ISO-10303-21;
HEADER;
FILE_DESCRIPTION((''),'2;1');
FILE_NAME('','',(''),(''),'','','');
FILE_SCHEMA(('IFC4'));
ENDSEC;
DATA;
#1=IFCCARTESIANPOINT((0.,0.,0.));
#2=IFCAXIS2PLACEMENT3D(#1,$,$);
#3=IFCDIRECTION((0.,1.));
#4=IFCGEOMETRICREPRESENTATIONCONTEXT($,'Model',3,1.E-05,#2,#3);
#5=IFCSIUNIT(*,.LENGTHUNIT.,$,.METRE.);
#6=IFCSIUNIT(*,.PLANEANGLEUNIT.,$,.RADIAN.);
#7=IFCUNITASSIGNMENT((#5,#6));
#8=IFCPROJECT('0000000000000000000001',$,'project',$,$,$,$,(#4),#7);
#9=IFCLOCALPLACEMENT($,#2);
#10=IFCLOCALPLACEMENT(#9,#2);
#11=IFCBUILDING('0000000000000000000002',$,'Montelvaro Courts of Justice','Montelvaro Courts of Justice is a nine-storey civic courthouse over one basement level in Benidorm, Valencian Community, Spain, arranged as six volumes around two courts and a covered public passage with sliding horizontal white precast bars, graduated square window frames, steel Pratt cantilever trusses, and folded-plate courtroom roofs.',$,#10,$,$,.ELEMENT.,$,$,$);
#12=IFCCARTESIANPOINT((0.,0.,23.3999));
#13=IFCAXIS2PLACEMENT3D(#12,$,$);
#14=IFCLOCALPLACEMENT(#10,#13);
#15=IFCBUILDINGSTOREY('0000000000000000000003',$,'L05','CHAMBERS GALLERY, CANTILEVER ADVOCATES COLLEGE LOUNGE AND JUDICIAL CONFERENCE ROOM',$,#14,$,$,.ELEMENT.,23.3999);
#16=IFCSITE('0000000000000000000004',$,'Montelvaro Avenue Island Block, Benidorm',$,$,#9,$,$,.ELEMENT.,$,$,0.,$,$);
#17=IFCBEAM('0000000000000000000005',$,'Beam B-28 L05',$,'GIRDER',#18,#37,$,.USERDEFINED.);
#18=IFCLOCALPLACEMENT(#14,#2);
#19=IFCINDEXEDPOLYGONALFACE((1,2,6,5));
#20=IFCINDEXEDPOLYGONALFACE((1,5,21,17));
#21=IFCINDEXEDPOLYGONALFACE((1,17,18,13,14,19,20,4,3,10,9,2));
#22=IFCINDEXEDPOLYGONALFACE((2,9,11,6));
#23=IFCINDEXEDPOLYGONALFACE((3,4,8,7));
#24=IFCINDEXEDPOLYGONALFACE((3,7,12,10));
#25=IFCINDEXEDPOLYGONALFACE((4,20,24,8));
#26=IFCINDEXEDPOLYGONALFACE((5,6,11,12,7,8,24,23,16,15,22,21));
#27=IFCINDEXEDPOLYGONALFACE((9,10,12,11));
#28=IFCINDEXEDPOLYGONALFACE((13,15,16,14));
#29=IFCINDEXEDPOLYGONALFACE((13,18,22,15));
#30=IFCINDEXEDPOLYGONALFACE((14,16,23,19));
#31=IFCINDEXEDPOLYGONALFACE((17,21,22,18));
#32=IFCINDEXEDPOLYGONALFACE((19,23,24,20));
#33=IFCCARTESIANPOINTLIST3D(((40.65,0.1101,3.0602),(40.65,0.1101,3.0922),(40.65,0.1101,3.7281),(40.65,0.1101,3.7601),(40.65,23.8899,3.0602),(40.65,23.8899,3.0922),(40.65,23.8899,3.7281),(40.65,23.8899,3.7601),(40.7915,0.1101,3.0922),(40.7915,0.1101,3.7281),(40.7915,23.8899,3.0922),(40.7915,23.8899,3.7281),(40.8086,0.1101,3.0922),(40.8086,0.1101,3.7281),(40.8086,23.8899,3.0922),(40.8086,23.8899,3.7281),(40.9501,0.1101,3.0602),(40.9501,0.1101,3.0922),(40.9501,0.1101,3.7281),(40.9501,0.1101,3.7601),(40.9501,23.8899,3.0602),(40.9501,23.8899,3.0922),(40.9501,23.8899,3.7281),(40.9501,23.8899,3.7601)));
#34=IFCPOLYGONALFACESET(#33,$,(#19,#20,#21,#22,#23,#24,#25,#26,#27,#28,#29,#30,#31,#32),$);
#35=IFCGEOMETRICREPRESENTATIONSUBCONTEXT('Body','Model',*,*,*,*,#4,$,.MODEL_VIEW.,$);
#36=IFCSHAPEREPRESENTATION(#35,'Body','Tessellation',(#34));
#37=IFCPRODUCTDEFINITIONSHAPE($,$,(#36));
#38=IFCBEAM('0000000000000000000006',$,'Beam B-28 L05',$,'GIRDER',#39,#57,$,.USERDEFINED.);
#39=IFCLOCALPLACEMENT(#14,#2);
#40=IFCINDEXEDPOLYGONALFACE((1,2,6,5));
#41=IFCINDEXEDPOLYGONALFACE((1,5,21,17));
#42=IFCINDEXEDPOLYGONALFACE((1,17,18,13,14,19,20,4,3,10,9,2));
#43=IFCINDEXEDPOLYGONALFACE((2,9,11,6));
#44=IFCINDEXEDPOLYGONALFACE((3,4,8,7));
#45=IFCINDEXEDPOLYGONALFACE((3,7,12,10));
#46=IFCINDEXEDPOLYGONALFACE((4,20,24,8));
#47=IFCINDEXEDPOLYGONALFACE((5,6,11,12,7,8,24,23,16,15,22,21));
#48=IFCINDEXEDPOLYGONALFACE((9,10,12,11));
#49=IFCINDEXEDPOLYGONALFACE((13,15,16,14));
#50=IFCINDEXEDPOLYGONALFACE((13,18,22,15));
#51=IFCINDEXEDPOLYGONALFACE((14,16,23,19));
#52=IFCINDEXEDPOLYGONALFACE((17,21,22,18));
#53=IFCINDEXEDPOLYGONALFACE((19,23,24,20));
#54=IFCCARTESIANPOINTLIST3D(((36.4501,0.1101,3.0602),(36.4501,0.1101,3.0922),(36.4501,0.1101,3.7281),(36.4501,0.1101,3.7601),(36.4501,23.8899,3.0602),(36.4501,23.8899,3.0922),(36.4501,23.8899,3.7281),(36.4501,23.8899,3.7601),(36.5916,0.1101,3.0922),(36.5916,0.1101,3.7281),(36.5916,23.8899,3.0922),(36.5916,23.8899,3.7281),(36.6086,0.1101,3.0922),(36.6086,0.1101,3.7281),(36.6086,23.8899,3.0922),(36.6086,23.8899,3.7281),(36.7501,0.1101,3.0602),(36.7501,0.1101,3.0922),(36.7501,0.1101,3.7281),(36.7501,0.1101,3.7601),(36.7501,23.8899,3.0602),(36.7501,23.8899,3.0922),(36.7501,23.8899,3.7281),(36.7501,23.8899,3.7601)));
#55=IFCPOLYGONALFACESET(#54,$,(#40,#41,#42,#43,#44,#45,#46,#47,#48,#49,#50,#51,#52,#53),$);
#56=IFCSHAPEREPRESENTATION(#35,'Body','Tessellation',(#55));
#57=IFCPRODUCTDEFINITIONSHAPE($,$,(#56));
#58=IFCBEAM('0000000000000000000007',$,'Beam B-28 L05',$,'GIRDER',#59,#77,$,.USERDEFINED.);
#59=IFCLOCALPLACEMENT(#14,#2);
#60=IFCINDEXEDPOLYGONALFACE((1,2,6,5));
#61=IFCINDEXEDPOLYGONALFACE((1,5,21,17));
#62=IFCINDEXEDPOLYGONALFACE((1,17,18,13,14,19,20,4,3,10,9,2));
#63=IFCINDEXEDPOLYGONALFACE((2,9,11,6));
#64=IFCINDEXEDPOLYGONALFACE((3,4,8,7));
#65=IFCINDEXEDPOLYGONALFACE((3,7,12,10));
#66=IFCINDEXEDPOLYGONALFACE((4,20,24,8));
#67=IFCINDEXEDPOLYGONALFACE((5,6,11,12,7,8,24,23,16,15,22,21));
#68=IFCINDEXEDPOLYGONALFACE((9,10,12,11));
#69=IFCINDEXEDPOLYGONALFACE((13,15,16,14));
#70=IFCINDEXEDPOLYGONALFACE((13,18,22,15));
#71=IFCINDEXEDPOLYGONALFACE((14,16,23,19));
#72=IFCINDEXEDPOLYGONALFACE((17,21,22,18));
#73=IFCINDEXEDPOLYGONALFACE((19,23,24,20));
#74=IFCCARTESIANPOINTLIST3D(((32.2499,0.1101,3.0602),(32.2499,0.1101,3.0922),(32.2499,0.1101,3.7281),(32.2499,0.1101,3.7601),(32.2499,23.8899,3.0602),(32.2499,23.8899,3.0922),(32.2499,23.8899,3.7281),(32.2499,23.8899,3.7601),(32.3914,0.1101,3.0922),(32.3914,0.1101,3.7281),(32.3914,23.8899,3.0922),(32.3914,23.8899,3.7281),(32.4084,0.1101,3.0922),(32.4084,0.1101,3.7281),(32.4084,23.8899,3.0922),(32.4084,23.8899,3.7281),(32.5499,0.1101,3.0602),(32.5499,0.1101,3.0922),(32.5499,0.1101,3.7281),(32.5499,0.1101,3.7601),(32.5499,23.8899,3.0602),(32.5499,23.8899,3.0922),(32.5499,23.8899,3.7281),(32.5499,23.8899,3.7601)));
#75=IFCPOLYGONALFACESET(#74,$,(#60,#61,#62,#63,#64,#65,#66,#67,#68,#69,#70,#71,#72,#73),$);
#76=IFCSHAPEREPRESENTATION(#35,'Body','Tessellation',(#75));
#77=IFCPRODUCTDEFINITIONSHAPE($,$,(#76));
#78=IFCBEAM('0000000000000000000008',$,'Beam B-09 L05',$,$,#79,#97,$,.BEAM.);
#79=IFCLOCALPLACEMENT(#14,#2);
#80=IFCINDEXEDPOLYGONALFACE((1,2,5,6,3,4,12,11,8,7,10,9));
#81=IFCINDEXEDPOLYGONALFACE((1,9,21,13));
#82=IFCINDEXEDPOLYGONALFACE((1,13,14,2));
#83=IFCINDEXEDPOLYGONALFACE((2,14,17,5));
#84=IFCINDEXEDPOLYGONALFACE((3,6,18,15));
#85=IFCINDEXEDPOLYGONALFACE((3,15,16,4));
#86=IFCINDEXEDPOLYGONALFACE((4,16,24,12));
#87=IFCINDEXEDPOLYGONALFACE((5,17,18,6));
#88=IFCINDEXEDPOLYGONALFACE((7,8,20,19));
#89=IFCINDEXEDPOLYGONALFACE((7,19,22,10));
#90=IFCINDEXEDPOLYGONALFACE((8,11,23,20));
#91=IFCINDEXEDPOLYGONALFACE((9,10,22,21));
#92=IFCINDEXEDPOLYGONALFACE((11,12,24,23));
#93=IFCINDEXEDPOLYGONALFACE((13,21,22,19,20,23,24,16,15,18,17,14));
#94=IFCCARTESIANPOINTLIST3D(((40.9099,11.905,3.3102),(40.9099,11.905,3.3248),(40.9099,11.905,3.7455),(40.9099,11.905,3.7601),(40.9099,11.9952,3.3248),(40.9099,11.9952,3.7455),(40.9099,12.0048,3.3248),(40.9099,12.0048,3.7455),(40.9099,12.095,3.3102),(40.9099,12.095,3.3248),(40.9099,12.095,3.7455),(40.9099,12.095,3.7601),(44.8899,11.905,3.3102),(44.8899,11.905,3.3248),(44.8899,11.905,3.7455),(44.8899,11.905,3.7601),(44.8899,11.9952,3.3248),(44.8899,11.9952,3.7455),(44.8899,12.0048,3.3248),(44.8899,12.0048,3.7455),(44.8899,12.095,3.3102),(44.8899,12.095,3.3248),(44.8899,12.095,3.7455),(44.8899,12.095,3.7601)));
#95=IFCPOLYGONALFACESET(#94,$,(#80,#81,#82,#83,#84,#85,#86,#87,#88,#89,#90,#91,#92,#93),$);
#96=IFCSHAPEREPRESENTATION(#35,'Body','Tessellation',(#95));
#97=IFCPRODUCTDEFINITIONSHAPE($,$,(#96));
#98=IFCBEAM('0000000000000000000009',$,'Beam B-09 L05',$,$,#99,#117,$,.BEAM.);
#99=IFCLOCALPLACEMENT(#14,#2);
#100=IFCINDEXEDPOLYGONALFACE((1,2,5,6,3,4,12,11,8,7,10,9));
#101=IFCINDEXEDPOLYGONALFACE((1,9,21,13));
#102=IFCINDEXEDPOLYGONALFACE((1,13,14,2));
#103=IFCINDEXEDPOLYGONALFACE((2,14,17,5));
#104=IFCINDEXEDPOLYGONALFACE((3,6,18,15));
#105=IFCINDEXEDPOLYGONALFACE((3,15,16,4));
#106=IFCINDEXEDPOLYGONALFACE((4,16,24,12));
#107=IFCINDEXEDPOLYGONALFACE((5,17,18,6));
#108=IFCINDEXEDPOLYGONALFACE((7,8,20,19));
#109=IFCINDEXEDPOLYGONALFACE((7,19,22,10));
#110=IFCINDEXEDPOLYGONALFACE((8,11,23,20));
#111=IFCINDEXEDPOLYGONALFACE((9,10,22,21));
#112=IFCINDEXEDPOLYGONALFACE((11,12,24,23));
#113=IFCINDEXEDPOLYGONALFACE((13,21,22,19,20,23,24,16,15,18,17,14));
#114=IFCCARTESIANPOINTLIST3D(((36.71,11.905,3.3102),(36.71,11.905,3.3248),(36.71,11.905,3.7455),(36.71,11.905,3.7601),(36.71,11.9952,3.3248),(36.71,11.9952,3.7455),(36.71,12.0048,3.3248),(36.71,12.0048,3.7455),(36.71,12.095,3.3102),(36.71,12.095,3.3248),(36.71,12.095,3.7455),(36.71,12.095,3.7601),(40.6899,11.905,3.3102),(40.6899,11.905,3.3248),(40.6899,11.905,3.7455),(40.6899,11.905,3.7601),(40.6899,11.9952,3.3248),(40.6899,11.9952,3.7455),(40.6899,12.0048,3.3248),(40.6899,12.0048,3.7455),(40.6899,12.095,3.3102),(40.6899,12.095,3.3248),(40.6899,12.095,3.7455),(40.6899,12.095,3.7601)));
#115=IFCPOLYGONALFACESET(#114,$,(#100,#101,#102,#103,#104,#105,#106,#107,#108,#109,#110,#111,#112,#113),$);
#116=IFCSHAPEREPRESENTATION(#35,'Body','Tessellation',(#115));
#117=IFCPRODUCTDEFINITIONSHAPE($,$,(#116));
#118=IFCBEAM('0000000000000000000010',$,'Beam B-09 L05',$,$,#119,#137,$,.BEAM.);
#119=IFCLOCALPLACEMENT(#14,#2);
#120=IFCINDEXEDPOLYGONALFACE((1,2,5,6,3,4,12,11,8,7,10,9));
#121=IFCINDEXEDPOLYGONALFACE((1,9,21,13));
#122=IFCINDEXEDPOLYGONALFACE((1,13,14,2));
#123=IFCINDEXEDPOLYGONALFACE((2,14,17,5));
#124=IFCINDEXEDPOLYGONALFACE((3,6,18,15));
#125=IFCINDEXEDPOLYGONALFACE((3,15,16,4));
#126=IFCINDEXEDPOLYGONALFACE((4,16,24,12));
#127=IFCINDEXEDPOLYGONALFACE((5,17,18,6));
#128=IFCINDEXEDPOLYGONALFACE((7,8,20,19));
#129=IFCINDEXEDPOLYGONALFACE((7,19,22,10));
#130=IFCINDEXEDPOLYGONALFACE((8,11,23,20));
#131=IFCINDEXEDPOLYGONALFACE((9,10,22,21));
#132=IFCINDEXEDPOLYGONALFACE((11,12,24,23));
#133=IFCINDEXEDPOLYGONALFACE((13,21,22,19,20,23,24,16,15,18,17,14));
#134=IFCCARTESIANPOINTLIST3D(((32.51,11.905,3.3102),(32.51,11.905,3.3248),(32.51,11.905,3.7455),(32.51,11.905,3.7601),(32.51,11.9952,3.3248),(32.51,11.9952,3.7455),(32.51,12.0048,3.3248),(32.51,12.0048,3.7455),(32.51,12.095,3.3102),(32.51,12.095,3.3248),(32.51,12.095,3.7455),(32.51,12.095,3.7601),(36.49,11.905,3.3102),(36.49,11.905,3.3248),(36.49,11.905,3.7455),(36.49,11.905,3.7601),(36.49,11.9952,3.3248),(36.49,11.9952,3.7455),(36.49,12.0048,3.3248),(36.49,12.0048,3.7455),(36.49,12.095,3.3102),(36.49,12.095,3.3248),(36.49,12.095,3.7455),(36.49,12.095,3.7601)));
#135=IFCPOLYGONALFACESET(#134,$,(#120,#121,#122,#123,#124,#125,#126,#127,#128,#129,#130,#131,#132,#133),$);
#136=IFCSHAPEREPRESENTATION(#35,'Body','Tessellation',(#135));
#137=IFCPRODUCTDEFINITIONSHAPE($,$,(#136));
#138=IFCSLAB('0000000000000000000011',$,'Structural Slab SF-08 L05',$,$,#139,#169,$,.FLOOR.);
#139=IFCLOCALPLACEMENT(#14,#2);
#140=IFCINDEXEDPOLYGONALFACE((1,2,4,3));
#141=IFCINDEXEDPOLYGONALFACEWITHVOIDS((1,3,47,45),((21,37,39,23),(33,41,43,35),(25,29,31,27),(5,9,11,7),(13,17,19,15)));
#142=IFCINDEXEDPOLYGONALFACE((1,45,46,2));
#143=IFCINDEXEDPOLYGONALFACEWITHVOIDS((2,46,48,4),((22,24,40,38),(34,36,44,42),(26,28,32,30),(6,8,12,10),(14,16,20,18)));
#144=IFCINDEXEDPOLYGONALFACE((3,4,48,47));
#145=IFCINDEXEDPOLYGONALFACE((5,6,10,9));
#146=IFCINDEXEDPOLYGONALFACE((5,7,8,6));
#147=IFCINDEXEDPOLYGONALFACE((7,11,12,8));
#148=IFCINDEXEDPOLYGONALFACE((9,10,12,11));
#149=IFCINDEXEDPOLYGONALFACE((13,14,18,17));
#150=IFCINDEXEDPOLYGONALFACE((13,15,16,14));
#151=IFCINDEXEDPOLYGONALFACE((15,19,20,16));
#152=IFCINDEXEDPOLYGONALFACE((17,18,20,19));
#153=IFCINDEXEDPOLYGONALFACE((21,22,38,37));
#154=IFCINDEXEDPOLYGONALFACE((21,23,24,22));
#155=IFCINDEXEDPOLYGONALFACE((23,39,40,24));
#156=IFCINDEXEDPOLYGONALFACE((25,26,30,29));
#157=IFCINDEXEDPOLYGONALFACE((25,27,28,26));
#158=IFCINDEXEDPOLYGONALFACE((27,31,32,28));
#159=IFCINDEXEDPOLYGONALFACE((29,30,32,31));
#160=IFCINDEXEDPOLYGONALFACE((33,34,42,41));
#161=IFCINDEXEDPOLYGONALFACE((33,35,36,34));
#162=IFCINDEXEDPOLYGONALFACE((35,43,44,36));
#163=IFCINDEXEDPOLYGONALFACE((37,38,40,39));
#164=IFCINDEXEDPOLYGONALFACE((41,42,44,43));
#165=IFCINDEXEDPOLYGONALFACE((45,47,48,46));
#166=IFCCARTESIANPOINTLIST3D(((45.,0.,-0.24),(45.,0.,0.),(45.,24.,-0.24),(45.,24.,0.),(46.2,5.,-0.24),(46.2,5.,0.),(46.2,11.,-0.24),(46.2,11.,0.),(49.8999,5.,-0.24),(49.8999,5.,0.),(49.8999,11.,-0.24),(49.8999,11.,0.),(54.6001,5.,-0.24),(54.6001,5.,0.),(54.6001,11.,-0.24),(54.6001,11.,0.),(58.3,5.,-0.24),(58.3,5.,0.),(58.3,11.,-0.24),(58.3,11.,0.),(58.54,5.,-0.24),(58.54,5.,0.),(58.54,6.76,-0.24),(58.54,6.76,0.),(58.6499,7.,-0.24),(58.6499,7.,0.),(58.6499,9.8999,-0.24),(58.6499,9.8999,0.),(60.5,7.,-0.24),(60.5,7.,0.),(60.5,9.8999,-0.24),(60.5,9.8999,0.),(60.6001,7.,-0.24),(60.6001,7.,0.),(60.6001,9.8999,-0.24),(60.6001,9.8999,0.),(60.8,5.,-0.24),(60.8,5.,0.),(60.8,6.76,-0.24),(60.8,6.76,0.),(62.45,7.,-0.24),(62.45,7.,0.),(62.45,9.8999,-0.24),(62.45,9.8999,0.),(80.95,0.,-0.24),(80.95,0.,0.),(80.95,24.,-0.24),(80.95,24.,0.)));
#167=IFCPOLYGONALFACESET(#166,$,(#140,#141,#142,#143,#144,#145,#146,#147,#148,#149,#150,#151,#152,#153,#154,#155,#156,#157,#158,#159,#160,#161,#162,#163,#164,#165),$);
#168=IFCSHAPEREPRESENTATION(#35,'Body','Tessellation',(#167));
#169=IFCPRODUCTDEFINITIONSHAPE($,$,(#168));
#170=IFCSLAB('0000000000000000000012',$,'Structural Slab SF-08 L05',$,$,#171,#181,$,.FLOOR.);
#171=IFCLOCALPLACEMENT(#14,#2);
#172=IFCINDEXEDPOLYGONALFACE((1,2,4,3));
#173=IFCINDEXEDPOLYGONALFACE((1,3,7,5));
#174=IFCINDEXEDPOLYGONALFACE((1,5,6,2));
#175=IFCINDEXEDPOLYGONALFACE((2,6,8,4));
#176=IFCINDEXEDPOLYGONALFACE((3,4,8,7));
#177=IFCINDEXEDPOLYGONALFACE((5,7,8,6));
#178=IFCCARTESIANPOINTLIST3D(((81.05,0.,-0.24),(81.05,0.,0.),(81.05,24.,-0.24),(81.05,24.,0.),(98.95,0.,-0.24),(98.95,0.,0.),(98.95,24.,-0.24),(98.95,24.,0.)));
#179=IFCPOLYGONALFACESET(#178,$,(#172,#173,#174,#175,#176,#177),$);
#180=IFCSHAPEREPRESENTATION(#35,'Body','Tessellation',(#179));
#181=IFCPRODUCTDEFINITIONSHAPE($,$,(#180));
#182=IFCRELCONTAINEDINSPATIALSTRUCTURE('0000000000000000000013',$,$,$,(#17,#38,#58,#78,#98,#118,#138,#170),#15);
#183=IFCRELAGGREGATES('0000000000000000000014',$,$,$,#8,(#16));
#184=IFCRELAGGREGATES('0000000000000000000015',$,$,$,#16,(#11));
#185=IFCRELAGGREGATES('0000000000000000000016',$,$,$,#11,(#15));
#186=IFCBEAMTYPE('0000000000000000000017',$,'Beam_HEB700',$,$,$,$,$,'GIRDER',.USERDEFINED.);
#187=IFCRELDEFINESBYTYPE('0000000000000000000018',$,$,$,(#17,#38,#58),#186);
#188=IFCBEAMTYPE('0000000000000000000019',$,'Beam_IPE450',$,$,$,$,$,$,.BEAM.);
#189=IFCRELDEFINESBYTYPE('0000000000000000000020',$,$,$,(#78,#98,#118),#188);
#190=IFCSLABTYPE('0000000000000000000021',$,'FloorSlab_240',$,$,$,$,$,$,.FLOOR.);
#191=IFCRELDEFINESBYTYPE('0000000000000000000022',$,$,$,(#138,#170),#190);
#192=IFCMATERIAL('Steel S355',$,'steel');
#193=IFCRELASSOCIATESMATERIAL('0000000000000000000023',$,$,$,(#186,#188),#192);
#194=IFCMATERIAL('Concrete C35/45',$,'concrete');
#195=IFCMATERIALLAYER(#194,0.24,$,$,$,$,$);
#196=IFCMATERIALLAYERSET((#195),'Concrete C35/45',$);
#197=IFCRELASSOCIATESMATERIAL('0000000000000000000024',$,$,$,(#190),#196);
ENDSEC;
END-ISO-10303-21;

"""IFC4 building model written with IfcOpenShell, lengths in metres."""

from ifc_helpers import new_model, si_unit, direction, frame, origin, origin_2d, place, context, subcontext, project, spatial, polyline, i_section, outline, extrude, material, layer, layer_set, material_profile, profile_set, type_object, element, save


model = new_model("IFC4")

# Units and contexts
model_context = context("Model", 3, precision=1e-05, world=origin(), true_north=direction((0.0, 1.0)))
body_context = subcontext(model_context, "Body", "Model", "MODEL_VIEW")
ifc_project = project(units=[si_unit("LENGTHUNIT", "METRE"), si_unit("PLANEANGLEUNIT", "RADIAN")], contexts=[model_context])

# Site, building, storey
site_placement = place(None, origin())
site = spatial("IfcSite", under=ifc_project, at=site_placement, Name="Montelvaro Avenue Island Block, Benidorm", CompositionType="ELEMENT", RefElevation=0.0)
building_placement = place(site_placement, origin())
building = spatial("IfcBuilding", under=site, at=building_placement, Name="Montelvaro Courts of Justice", Description="Montelvaro Courts of Justice is a nine-storey civic courthouse over one basement level in Benidorm, Valencian Community, Spain, arranged as six volumes around two courts and a covered public passage with sliding horizontal white precast bars, graduated square window frames, steel Pratt cantilever trusses, and folded-plate courtroom roofs.", CompositionType="ELEMENT")
storey_placement = place(building_placement, frame((0.0, 0.0, 23.3999)))
storey = spatial("IfcBuildingStorey", under=building, at=storey_placement, Name="L05", Description="CHAMBERS GALLERY, CANTILEVER ADVOCATES COLLEGE LOUNGE AND JUDICIAL CONFERENCE ROOM", CompositionType="ELEMENT", Elevation=23.3999)

# Beams
ifc_material_1 = material(Name="Steel S355", Category="steel")
ifc_material_profile_1 = material_profile(ifc_material_1, i_section(OverallWidth=0.3, OverallDepth=0.7, WebThickness=0.0171, FlangeThickness=0.032, at=origin_2d()), Name="HEB 700")
ifc_profile_set_1 = profile_set([ifc_material_profile_1], Name="Steel S355")
beam_type_1 = type_object("IfcBeamType", Name="Beam_HEB700", ElementType="GIRDER", PredefinedType="USERDEFINED", material=ifc_profile_set_1)
for number, where, z_axis, x_axis, name in (
    (1, (40.8, 0.1101, 3.4102), (0.0, 1.0, 0.0), (-1.0, 0.0, 0.0), "Beam B-28 L05"),
    (2, (36.6001, 0.1101, 3.4102), (0.0, 1.0, 0.0), (-1.0, 0.0, 0.0), "Beam B-28 L05"),
    (3, (32.3999, 0.1101, 3.4102), (0.0, 1.0, 0.0), (-1.0, 0.0, 0.0), "Beam B-28 L05"),
):
    element("IfcBeam", number, at=place(storey_placement, frame(where, z_axis=z_axis, x_axis=x_axis)), inside=storey, type_object=beam_type_1, Name=name, ObjectType="GIRDER", PredefinedType="USERDEFINED", context=body_context, shape_type="SweptSolid", body=[
        extrude(i_section(OverallWidth=0.3, OverallDepth=0.7, WebThickness=0.0171, FlangeThickness=0.032, at=origin_2d()), origin(), (0.0, 0.0, 1.0), 23.7798),
    ])
ifc_material_profile_2 = material_profile(ifc_material_1, i_section(OverallWidth=0.1899, OverallDepth=0.45, WebThickness=0.0095, FlangeThickness=0.0146, at=origin_2d()), Name="IPE 450")
ifc_profile_set_2 = profile_set([ifc_material_profile_2], Name="Steel S355")
beam_type_2 = type_object("IfcBeamType", Name="Beam_IPE450", PredefinedType="BEAM", material=ifc_profile_set_2)
for number, where, z_axis, x_axis, name in (
    (4, (40.9099, 12.0, 3.5352), (1.0, 0.0, 0.0), (0.0, 1.0, 0.0), "Beam B-09 L05"),
    (5, (36.71, 12.0, 3.5352), (1.0, 0.0, 0.0), (0.0, 1.0, 0.0), "Beam B-09 L05"),
    (6, (32.51, 12.0, 3.5352), (1.0, 0.0, 0.0), (0.0, 1.0, 0.0), "Beam B-09 L05"),
):
    element("IfcBeam", number, at=place(storey_placement, frame(where, z_axis=z_axis, x_axis=x_axis)), inside=storey, type_object=beam_type_2, Name=name, PredefinedType="BEAM", context=body_context, shape_type="SweptSolid", body=[
        extrude(i_section(OverallWidth=0.1899, OverallDepth=0.45, WebThickness=0.0095, FlangeThickness=0.0146, at=origin_2d()), origin(), (0.0, 0.0, 1.0), 3.98),
    ])

# Slabs
ifc_material_2 = material(Name="Concrete C35/45", Category="concrete")
ifc_layer_1 = layer(ifc_material_2, 0.24)
ifc_layer_set_1 = layer_set([ifc_layer_1], Name="Concrete C35/45")
slab_type_1 = type_object("IfcSlabType", Name="FloorSlab_240", PredefinedType="FLOOR", material=ifc_layer_set_1)
slab_1_placement = place(storey_placement, frame((0.0, 0.0, -0.24)))
element("IfcSlab", 7, at=slab_1_placement, inside=storey, type_object=slab_type_1, Name="Structural Slab SF-08 L05", PredefinedType="FLOOR", context=body_context, shape_type="SweptSolid", body=[
    extrude(outline(polyline([(45.0, 0.0), (80.95, 0.0), (80.95, 24.0), (45.0, 24.0), (45.0, 0.0)]), holes=[polyline([(54.6001, 5.0), (58.3, 5.0), (58.3, 11.0), (54.6001, 11.0), (54.6001, 5.0)]), polyline([(58.54, 5.0), (60.8, 5.0), (60.8, 6.76), (58.54, 6.76), (58.54, 5.0)]), polyline([(58.6499, 7.0), (60.5, 7.0), (60.5, 9.8999), (58.6499, 9.8999), (58.6499, 7.0)]), polyline([(60.6001, 7.0), (62.45, 7.0), (62.45, 9.8999), (60.6001, 9.8999), (60.6001, 7.0)]), polyline([(46.2, 5.0), (49.8999, 5.0), (49.8999, 11.0), (46.2, 11.0), (46.2, 5.0)])]), origin(), (0.0, 0.0, 1.0), 0.24),
])
slab_2_placement = place(storey_placement, frame((0.0, 0.0, -0.24)))
element("IfcSlab", 8, at=slab_2_placement, inside=storey, type_object=slab_type_1, Name="Structural Slab SF-08 L05", PredefinedType="FLOOR", context=body_context, shape_type="SweptSolid", body=[
    extrude(outline(polyline([(81.05, 0.0), (98.95, 0.0), (98.95, 24.0), (81.05, 24.0), (81.05, 0.0)])), origin(), (0.0, 0.0, 1.0), 0.24),
])

save(model, "model.ifc")
